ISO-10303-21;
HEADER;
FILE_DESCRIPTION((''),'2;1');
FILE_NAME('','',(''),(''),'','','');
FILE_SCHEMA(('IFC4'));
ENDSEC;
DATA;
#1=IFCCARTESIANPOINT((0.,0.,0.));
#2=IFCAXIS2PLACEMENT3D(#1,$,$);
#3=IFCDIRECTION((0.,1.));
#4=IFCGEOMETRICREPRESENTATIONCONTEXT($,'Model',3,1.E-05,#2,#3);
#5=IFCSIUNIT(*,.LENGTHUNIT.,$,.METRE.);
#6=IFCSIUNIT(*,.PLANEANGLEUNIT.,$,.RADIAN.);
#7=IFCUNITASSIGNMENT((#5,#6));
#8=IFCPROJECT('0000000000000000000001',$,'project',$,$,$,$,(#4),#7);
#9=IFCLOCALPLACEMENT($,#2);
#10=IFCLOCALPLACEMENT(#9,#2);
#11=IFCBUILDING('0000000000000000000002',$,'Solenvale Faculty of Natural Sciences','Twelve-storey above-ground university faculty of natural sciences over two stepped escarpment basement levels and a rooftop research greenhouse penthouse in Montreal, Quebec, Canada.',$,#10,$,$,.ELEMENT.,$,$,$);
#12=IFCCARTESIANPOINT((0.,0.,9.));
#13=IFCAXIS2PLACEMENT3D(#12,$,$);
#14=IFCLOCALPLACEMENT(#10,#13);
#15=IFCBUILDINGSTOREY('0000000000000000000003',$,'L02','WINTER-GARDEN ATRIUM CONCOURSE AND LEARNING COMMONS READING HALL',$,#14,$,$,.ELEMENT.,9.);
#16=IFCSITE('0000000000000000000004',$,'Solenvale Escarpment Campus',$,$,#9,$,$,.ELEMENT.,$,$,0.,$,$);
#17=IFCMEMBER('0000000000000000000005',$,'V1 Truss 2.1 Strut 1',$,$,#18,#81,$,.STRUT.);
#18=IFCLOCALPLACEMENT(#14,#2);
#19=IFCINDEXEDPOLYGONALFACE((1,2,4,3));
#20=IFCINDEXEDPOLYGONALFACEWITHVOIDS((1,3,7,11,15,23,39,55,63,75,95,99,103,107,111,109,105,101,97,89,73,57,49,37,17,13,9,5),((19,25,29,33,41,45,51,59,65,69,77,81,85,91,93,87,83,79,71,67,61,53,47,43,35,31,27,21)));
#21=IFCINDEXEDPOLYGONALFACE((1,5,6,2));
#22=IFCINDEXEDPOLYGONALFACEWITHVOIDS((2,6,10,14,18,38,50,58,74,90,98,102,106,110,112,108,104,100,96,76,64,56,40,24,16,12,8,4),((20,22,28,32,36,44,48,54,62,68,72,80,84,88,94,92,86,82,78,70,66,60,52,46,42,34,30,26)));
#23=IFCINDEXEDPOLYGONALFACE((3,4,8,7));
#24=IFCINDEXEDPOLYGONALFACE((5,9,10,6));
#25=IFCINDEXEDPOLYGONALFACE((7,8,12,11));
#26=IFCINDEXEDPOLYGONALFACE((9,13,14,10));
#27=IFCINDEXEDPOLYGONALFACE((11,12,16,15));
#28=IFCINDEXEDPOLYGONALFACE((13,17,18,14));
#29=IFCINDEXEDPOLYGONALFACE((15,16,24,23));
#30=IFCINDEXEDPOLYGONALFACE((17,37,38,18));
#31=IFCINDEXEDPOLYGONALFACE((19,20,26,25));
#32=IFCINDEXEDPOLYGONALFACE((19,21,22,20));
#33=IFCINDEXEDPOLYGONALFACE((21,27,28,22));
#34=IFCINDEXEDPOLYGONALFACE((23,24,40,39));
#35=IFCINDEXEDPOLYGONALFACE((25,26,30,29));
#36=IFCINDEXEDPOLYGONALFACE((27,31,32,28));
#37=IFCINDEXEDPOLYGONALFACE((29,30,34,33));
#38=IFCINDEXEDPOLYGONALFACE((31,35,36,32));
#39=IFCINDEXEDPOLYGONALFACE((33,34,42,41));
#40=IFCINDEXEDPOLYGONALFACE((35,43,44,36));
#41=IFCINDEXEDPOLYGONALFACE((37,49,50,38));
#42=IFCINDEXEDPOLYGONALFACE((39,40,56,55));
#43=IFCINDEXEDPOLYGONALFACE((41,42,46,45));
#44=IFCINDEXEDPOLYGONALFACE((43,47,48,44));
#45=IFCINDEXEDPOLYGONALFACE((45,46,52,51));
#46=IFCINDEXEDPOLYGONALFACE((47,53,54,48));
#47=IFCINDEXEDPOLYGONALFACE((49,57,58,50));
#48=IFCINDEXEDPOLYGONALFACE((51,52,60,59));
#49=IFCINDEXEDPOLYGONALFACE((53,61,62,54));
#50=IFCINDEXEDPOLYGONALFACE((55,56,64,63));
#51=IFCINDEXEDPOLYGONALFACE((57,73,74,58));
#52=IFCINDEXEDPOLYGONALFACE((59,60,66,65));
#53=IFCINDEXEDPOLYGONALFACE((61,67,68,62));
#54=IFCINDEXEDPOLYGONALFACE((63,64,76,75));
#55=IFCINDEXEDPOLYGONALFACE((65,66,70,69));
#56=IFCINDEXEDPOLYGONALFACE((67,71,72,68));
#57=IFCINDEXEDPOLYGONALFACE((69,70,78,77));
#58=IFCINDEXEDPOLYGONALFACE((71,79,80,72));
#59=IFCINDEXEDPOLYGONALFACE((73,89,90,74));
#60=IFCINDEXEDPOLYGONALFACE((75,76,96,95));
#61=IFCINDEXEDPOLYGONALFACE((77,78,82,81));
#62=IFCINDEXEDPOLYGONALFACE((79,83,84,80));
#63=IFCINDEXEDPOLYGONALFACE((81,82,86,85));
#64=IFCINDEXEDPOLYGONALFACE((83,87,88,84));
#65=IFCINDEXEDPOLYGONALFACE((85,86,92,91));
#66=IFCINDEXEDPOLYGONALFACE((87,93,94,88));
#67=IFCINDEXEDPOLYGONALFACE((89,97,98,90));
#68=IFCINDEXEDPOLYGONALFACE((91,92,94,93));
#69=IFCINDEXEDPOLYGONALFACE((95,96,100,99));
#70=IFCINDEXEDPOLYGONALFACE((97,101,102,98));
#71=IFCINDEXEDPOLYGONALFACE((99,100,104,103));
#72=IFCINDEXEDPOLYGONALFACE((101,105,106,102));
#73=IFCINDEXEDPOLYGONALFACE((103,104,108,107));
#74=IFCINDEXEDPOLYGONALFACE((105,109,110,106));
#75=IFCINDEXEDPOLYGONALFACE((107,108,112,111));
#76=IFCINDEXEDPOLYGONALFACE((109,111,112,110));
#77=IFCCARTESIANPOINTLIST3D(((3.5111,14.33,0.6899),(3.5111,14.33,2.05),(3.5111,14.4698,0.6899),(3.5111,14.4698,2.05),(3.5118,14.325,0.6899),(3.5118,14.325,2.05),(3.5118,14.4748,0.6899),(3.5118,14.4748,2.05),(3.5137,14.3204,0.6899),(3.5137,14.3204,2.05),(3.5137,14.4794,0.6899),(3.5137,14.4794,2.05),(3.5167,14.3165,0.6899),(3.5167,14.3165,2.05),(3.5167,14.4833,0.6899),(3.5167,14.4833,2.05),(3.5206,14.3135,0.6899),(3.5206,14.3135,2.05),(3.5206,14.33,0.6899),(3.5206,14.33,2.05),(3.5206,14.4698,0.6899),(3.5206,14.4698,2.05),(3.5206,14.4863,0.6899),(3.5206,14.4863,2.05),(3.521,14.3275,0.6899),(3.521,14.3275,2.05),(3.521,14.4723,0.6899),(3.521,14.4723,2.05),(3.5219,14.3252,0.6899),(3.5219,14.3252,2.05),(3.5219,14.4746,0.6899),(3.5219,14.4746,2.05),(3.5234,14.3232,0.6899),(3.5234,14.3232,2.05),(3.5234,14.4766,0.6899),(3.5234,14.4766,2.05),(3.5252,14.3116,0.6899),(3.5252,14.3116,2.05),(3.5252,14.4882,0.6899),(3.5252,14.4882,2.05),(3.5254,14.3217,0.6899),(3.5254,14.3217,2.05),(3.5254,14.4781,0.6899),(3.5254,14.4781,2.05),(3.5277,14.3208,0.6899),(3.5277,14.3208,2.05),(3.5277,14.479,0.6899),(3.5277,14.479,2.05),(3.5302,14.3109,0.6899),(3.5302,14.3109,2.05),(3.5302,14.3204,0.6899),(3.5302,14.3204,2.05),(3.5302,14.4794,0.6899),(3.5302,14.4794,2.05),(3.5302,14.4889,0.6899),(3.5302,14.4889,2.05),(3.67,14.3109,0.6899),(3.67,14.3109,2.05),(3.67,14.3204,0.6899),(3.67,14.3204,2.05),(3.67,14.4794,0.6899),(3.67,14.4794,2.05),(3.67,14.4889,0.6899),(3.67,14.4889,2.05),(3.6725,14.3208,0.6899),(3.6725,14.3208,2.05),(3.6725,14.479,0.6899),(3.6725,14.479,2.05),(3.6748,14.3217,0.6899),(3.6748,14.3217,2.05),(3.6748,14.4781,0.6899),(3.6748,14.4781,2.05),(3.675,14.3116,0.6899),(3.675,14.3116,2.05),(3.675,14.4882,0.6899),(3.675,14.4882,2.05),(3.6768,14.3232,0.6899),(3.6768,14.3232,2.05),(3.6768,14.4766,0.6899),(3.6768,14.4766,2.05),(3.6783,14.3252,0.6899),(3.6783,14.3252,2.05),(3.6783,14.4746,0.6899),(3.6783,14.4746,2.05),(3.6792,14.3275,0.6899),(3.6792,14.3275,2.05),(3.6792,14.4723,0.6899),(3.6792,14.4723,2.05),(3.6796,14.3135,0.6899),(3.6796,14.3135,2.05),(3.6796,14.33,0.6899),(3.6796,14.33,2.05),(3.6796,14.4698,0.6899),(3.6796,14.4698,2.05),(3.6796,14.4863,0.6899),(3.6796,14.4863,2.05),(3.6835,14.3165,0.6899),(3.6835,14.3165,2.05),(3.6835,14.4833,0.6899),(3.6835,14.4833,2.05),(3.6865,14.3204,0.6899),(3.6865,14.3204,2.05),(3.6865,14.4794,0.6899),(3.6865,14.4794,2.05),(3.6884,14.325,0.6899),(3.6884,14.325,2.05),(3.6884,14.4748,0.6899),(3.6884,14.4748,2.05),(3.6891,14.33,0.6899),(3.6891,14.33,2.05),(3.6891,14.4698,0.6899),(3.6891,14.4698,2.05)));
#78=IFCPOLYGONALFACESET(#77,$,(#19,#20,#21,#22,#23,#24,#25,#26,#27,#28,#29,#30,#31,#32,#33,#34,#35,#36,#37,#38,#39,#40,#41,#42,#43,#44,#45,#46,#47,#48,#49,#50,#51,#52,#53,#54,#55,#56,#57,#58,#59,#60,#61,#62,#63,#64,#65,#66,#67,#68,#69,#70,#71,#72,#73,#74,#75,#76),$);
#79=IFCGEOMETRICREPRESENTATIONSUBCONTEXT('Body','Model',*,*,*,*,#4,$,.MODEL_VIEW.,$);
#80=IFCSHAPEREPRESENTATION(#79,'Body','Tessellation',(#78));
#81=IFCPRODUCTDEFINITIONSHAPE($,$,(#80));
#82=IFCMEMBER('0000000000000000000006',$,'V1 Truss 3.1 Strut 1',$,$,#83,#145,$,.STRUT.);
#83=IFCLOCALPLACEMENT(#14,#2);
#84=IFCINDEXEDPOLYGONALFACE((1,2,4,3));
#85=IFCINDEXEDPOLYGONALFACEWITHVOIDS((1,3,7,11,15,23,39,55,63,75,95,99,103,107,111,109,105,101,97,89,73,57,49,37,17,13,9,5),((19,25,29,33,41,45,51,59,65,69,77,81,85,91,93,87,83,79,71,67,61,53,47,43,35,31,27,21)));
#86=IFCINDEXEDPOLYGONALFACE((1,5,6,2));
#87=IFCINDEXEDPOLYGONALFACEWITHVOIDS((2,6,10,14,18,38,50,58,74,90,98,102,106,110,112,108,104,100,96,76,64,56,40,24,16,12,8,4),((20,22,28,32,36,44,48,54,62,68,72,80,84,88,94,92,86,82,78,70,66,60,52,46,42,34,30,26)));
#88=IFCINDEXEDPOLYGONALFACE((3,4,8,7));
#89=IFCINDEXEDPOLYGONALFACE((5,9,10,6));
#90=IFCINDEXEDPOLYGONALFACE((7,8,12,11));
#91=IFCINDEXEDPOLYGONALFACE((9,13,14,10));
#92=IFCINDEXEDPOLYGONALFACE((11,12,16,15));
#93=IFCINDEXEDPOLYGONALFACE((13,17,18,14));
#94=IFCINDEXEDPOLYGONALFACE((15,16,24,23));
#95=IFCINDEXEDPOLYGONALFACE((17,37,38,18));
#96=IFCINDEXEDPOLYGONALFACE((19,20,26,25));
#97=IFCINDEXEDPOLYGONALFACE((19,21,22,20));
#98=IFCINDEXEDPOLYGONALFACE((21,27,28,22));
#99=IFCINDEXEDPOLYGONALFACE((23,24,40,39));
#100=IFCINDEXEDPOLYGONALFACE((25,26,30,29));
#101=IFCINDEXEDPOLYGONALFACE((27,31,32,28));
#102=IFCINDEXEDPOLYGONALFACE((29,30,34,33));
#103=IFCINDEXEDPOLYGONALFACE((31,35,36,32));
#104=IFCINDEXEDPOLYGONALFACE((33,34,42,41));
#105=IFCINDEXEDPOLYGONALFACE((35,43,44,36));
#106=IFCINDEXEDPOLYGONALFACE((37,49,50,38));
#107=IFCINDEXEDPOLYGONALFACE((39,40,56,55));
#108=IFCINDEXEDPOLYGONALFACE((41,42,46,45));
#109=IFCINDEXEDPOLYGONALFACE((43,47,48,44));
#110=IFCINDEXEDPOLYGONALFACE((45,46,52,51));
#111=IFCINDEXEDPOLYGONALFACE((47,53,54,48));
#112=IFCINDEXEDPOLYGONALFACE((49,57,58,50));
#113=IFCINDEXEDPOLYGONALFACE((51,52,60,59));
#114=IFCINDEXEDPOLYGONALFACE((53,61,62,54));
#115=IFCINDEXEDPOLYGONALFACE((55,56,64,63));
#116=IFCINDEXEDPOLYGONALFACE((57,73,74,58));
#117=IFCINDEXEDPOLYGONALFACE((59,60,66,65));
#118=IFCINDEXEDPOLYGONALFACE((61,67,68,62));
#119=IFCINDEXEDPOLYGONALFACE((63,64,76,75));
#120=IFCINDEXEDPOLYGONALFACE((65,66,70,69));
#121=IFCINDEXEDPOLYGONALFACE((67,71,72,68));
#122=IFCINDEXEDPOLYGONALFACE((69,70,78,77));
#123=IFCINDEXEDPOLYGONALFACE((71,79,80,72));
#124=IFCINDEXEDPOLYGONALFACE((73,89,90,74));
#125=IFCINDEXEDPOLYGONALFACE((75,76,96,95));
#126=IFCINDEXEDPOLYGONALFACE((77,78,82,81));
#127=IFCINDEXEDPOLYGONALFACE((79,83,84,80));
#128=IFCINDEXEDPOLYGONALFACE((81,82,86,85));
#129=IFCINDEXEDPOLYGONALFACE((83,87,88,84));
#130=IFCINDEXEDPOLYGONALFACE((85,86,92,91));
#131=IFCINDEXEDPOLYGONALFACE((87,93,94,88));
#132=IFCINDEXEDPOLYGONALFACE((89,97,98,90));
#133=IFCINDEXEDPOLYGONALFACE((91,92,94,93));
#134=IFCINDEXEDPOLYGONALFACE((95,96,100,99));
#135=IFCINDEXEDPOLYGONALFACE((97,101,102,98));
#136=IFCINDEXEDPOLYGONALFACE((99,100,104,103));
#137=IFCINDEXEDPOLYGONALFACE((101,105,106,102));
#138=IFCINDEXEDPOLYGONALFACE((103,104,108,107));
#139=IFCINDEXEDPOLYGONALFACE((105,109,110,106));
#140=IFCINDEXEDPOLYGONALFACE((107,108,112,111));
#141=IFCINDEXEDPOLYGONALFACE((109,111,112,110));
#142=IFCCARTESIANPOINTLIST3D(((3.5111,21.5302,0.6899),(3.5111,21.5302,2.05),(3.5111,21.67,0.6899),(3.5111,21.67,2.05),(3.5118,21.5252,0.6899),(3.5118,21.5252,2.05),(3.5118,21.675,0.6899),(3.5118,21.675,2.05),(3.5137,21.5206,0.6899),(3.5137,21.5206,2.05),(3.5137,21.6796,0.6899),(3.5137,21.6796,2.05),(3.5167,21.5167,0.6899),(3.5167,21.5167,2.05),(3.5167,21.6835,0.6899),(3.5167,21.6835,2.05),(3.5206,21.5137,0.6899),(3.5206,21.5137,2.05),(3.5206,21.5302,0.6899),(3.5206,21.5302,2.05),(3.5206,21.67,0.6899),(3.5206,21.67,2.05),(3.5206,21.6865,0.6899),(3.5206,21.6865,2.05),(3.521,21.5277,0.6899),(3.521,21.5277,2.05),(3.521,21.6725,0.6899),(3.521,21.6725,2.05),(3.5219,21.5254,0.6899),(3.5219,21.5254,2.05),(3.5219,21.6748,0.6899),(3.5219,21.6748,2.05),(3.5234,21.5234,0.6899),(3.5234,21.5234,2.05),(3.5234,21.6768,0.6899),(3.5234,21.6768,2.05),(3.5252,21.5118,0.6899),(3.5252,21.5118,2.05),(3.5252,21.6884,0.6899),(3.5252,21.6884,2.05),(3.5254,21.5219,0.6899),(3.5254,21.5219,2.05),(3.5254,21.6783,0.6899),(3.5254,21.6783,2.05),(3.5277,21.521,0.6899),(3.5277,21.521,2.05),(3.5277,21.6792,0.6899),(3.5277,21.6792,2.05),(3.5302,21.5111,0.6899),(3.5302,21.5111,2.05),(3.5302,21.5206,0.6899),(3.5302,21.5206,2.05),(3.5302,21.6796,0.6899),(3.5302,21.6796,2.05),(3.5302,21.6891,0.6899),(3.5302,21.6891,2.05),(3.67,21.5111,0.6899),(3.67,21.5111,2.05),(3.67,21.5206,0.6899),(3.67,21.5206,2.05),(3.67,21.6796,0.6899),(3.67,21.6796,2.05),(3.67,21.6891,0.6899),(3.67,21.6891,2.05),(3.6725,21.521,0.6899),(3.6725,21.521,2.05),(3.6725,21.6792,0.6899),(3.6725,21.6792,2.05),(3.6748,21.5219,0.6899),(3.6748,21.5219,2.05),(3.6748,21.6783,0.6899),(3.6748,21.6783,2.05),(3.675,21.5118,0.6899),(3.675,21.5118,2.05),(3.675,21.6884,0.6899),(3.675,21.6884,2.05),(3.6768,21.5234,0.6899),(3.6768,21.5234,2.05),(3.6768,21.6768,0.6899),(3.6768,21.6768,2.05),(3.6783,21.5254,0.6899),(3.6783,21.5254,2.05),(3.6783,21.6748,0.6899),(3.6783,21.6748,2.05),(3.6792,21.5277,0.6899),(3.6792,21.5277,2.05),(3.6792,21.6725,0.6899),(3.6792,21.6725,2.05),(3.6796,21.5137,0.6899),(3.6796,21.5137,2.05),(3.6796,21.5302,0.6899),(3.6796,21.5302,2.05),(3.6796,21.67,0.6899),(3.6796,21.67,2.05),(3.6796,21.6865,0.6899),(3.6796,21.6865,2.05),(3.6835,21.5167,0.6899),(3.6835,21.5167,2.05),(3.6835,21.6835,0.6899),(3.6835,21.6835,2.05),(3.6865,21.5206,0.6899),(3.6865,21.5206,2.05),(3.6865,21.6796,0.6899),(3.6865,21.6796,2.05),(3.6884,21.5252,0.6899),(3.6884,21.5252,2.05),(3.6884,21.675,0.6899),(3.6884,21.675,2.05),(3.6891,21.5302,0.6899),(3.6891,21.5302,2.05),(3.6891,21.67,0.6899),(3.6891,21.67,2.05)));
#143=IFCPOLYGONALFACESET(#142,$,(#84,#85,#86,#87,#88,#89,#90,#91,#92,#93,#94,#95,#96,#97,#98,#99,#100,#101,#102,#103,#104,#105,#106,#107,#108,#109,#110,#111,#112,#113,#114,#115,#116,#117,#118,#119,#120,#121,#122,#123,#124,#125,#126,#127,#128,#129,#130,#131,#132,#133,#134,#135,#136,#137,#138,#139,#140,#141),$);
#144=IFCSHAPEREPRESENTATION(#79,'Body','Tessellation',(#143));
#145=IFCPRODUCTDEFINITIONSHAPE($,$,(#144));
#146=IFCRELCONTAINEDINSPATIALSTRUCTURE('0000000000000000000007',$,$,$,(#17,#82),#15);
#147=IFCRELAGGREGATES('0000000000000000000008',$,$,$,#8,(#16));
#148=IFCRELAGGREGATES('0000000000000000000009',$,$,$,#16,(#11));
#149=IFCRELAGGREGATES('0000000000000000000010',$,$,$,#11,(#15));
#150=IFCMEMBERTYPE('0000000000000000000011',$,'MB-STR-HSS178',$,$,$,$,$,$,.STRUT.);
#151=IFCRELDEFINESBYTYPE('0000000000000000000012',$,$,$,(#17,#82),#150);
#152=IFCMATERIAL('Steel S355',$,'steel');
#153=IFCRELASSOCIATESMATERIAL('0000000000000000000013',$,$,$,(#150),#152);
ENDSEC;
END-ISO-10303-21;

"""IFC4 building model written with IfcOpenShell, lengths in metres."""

from ifc_helpers import new_model, si_unit, direction, frame, origin, origin_2d, place, context, subcontext, project, spatial, hollow_rectangle, extrude, material, material_profile, profile_set, type_object, element, save


model = new_model("IFC4")

# Units and contexts
model_context = context("Model", 3, precision=1e-05, world=origin(), true_north=direction((0.0, 1.0)))
body_context = subcontext(model_context, "Body", "Model", "MODEL_VIEW")
ifc_project = project(units=[si_unit("LENGTHUNIT", "METRE"), si_unit("PLANEANGLEUNIT", "RADIAN")], contexts=[model_context])

# Site, building, storey
site_placement = place(None, origin())
site = spatial("IfcSite", under=ifc_project, at=site_placement, Name="Solenvale Escarpment Campus", CompositionType="ELEMENT", RefElevation=0.0)
building_placement = place(site_placement, origin())
building = spatial("IfcBuilding", under=site, at=building_placement, Name="Solenvale Faculty of Natural Sciences", Description="Twelve-storey above-ground university faculty of natural sciences over two stepped escarpment basement levels and a rooftop research greenhouse penthouse in Montreal, Quebec, Canada.", CompositionType="ELEMENT")
storey_placement = place(building_placement, frame((0.0, 0.0, 9.0)))
storey = spatial("IfcBuildingStorey", under=building, at=storey_placement, Name="L02", Description="WINTER-GARDEN ATRIUM CONCOURSE AND LEARNING COMMONS READING HALL", CompositionType="ELEMENT", Elevation=9.0)

# Shared definitions
ifc_material_1 = material(Name="Steel S355", Category="steel")

# Members
ifc_material_profile_1 = material_profile(ifc_material_1, hollow_rectangle(XDim=0.178, YDim=0.178, WallThickness=0.0095, InnerFilletRadius=0.0095, OuterFilletRadius=0.019, at=origin_2d()), Name="HSS178x178x9.5")
ifc_profile_set_1 = profile_set([ifc_material_profile_1], Name="Steel S355")
member_type_1 = type_object("IfcMemberType", Name="MB-STR-HSS178", PredefinedType="STRUT", material=ifc_profile_set_1)
for number, where, z_axis, x_axis, name in (
    (1, (3.6001, 14.3999, 0.6899), (0.0, 0.0, 1.0), (1.0, 0.0, 0.0), "V1 Truss 2.1 Strut 1"),
    (2, (3.6001, 21.6001, 0.6899), (0.0, 0.0, 1.0), (1.0, 0.0, 0.0), "V1 Truss 3.1 Strut 1"),
):
    element("IfcMember", number, at=place(storey_placement, frame(where, z_axis=z_axis, x_axis=x_axis)), inside=storey, type_object=member_type_1, Name=name, PredefinedType="STRUT", context=body_context, shape_type="SweptSolid", body=[
        extrude(hollow_rectangle(XDim=0.178, YDim=0.178, WallThickness=0.0095, InnerFilletRadius=0.0095, OuterFilletRadius=0.019, at=origin_2d()), origin(), (0.0, 0.0, 1.0), 1.3601),
    ])

save(model, "model.ifc")
